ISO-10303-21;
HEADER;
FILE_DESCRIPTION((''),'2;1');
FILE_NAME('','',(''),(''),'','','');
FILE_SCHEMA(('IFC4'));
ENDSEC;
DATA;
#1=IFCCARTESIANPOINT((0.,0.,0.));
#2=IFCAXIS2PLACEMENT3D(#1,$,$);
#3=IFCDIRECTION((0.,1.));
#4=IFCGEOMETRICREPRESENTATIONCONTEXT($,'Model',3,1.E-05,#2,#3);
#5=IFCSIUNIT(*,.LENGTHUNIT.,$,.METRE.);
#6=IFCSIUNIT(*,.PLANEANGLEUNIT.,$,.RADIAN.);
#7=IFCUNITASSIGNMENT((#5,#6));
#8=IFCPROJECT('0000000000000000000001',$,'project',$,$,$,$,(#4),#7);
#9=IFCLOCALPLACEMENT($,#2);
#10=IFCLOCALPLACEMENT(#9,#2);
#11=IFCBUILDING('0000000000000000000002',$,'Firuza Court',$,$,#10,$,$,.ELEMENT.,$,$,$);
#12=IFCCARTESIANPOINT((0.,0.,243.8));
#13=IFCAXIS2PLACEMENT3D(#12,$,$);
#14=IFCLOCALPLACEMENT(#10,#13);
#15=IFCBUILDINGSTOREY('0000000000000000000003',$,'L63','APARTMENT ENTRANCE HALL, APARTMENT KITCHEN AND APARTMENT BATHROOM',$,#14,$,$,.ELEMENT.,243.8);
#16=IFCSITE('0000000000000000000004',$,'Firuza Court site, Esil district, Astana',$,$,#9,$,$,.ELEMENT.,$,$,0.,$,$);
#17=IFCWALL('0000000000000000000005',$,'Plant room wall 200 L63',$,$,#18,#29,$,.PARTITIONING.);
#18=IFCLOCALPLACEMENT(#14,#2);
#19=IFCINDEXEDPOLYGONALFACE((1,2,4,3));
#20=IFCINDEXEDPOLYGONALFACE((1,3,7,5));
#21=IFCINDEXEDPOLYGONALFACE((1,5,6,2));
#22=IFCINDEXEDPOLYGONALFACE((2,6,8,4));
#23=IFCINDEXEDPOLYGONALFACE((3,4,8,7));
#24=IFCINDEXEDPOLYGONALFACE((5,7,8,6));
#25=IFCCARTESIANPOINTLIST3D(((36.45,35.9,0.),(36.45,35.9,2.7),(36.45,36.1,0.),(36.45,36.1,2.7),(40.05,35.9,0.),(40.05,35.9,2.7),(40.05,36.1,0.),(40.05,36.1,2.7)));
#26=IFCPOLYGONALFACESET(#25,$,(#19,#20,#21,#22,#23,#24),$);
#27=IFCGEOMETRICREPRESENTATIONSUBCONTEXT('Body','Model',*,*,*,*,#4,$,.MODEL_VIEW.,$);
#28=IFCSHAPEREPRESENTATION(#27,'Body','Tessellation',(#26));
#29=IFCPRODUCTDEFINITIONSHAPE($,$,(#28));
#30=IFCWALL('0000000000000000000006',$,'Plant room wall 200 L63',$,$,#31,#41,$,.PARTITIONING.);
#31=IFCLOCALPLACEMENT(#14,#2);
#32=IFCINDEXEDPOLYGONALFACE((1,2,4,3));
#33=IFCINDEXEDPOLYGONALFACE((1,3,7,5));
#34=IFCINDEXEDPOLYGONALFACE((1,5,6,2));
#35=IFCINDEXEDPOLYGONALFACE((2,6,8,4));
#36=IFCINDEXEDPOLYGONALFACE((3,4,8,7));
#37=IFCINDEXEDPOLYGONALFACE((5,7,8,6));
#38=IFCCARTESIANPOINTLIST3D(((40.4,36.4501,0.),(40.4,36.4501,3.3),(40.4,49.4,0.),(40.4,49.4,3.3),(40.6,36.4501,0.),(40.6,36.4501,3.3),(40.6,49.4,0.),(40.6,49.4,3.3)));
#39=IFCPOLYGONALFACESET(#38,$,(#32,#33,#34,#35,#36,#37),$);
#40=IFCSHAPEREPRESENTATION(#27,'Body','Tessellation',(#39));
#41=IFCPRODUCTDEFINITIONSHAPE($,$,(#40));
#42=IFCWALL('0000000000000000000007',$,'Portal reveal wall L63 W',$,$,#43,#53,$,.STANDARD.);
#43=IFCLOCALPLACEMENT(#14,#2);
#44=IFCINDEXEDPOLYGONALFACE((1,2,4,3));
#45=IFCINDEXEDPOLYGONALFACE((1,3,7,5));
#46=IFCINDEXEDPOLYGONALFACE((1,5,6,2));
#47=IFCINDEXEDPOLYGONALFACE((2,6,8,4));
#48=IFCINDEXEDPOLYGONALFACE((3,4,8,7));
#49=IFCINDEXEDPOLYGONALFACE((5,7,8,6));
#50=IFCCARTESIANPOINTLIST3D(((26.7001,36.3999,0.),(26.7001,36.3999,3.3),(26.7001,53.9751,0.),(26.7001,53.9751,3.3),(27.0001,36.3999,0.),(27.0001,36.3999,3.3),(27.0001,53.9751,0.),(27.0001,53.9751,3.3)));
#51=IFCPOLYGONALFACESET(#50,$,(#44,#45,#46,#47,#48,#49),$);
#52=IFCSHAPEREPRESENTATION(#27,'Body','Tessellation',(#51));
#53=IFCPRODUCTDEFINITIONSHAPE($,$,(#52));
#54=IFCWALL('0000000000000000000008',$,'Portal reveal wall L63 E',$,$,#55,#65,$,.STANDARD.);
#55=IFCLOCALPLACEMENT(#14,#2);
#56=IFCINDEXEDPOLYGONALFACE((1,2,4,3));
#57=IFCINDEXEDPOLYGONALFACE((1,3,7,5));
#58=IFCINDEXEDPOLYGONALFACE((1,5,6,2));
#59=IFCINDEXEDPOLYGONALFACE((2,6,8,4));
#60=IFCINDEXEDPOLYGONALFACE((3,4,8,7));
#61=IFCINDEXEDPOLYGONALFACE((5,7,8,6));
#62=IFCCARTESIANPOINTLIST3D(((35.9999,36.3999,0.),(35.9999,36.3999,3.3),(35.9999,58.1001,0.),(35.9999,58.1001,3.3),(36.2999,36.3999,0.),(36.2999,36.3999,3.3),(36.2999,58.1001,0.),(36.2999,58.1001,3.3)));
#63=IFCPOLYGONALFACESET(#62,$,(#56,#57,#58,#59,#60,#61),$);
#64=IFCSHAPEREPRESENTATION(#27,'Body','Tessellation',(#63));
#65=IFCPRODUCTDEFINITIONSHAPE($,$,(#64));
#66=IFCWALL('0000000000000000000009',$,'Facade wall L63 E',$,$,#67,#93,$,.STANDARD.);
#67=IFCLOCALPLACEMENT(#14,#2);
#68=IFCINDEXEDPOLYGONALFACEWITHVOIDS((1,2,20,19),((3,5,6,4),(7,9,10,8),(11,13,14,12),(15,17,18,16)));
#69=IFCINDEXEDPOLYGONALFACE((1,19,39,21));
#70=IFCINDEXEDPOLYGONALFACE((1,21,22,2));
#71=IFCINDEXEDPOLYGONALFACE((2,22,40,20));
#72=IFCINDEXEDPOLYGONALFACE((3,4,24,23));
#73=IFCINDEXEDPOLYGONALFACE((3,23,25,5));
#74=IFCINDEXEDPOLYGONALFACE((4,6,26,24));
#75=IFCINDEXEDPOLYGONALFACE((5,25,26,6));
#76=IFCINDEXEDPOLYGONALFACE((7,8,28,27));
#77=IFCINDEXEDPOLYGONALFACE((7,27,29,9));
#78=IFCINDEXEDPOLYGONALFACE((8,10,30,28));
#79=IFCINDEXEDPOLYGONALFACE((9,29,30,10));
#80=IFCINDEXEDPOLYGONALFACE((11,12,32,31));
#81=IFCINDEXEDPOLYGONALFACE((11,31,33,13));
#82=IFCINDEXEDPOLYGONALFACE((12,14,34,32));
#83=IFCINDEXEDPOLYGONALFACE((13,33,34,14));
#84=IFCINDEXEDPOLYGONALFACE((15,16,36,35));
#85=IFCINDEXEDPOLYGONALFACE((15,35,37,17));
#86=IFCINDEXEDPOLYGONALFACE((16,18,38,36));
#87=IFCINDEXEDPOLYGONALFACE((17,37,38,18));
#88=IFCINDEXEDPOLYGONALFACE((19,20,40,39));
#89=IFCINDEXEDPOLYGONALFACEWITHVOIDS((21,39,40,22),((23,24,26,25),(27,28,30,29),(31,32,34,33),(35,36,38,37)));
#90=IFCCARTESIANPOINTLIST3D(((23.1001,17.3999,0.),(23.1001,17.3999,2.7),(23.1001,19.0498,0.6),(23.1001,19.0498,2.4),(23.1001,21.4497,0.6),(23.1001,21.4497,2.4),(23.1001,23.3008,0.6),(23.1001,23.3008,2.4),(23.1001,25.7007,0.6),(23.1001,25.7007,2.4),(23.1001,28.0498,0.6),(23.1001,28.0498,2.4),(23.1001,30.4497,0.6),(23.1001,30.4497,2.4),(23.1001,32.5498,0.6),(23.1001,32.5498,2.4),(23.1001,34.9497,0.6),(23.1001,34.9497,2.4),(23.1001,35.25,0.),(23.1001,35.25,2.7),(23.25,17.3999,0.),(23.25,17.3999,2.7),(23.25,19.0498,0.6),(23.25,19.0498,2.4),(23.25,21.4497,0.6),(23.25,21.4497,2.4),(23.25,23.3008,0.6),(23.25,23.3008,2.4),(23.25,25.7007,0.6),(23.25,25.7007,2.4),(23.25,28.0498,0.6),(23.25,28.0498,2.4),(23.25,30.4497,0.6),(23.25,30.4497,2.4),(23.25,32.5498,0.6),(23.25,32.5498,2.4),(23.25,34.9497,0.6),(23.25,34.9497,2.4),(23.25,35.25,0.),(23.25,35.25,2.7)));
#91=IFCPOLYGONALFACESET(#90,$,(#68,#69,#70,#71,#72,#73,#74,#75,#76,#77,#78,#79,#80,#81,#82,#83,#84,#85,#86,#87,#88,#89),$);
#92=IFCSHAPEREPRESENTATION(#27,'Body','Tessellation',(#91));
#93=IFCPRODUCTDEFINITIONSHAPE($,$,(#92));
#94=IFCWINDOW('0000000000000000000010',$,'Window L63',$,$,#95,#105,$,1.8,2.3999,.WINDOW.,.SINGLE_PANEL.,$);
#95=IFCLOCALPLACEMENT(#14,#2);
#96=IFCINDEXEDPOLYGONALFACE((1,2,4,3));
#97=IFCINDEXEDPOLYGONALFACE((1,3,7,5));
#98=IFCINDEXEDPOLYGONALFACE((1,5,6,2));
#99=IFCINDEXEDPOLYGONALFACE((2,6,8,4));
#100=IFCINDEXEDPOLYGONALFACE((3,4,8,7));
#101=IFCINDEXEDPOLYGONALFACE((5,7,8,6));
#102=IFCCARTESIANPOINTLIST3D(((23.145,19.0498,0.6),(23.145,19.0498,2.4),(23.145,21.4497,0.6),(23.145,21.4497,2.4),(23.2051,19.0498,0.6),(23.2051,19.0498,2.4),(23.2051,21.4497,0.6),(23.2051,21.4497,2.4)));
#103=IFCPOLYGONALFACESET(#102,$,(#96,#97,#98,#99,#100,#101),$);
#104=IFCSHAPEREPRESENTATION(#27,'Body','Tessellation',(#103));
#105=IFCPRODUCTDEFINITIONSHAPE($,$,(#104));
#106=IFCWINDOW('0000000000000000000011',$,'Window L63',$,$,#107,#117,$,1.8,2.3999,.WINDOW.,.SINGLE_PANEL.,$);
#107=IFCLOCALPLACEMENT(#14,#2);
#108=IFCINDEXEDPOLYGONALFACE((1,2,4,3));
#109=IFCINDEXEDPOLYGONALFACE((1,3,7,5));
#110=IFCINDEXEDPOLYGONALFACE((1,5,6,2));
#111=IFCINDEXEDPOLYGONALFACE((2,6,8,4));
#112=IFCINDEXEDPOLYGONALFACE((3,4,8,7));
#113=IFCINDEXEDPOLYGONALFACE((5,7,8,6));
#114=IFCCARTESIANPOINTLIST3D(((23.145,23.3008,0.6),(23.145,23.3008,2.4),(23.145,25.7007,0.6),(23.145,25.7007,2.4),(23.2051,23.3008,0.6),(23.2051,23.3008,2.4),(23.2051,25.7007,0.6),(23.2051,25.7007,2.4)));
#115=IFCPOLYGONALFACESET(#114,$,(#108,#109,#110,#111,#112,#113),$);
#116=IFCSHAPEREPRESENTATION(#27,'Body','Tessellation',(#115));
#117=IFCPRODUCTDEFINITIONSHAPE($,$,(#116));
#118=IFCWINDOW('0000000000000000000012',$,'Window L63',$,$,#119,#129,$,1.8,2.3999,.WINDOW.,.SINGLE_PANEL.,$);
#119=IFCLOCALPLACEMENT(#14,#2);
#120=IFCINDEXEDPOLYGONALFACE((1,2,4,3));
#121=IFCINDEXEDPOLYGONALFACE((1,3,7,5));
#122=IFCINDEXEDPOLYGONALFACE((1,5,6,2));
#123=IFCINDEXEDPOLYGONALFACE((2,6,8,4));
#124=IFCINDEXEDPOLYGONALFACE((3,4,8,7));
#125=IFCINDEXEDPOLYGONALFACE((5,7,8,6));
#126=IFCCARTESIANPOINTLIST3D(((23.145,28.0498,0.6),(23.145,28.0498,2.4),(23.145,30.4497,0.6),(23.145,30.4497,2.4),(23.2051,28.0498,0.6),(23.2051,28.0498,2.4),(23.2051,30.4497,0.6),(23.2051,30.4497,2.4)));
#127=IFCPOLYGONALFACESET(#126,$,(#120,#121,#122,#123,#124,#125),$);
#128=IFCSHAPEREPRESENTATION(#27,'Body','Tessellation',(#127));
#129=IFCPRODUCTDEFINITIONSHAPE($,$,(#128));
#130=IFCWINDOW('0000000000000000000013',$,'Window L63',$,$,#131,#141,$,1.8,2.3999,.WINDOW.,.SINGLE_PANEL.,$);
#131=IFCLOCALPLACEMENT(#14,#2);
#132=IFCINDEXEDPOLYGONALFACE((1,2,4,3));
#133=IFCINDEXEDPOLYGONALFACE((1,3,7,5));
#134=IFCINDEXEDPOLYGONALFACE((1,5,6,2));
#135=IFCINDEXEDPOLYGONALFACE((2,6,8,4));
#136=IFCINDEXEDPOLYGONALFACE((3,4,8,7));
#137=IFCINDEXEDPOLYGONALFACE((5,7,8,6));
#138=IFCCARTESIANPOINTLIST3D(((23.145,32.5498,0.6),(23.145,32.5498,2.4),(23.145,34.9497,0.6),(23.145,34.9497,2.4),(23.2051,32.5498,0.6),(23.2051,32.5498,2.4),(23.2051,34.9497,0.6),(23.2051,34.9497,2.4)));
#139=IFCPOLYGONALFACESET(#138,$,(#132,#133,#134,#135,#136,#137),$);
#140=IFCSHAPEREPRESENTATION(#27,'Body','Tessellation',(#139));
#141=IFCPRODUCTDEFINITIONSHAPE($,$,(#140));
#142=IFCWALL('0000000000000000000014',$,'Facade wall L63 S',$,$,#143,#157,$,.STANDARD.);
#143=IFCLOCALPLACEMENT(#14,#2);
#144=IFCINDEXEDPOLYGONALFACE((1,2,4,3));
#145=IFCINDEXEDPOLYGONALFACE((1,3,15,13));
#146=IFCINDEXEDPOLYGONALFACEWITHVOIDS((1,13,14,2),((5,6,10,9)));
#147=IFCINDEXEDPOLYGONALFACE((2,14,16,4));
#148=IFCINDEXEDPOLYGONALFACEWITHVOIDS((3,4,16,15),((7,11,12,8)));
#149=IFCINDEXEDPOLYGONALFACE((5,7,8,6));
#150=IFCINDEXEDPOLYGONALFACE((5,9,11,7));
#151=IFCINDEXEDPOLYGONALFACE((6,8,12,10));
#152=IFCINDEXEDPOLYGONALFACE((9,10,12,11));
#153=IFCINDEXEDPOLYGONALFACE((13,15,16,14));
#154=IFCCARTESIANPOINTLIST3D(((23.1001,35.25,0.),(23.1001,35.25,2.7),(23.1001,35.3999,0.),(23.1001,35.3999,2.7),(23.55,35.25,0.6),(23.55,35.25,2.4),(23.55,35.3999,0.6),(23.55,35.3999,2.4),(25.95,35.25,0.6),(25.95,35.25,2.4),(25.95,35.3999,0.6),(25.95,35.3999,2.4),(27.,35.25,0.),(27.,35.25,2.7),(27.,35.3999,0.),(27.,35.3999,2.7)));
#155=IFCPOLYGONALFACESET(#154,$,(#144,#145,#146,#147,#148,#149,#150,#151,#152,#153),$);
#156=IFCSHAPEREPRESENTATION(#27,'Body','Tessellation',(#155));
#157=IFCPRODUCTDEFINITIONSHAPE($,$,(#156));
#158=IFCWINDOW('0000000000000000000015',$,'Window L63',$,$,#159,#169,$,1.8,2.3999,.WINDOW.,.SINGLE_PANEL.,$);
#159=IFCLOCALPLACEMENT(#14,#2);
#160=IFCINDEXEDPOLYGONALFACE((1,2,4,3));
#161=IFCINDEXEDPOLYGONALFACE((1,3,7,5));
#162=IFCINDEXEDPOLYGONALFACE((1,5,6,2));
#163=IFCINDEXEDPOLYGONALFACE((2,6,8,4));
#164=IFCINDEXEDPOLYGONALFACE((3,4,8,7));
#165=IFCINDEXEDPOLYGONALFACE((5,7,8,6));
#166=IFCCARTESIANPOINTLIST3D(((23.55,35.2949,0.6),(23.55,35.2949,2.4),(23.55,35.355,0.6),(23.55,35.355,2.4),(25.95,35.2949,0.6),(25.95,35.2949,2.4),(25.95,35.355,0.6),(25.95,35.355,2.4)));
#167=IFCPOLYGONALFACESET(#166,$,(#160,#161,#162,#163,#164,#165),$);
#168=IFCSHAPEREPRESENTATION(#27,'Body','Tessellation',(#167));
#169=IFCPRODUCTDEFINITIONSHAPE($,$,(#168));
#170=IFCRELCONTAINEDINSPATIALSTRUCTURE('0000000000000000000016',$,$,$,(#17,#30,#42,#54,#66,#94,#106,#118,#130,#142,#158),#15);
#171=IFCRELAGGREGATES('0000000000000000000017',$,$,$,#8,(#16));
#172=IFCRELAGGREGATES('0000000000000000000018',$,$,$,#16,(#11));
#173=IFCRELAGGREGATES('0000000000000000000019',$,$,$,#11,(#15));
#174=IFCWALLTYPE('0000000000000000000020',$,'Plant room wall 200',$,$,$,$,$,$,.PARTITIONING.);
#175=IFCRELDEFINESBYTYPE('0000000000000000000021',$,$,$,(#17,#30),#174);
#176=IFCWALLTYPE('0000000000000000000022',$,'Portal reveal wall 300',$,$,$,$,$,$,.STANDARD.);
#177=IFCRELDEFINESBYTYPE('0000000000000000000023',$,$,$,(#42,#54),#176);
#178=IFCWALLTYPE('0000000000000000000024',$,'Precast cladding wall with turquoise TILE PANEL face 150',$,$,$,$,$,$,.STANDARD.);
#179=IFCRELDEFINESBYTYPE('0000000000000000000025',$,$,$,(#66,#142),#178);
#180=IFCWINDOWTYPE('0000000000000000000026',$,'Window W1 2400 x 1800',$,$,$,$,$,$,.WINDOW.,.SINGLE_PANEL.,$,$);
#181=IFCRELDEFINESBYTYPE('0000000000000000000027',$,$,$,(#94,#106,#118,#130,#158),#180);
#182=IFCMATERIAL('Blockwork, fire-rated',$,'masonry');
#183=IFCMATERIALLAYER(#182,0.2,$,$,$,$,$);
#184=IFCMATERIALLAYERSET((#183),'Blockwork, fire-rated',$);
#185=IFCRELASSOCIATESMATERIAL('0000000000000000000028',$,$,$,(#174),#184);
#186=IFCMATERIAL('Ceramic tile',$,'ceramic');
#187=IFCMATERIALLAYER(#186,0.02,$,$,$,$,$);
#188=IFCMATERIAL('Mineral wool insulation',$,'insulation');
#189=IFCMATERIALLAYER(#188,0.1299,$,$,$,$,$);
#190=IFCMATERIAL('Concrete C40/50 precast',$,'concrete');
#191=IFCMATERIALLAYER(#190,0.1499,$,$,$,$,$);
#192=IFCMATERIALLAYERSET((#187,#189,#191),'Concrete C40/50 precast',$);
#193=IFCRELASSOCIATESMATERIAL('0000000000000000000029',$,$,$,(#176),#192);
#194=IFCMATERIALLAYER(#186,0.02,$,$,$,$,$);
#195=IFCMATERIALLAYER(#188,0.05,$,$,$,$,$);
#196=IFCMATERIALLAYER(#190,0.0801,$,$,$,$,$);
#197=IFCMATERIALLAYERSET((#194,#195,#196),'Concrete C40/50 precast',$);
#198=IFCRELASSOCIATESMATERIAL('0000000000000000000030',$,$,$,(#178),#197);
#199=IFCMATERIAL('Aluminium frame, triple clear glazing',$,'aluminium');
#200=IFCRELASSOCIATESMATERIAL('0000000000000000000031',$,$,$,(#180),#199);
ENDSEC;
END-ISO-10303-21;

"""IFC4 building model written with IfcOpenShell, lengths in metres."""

from ifc_helpers import new_model, si_unit, direction, frame, frame_2d, origin, place, context, subcontext, project, spatial, rectangle, extrude, material, layer, layer_set, type_object, element, fill, save


model = new_model("IFC4")

# Units and contexts
model_context = context("Model", 3, precision=1e-05, world=origin(), true_north=direction((0.0, 1.0)))
body_context = subcontext(model_context, "Body", "Model", "MODEL_VIEW")
ifc_project = project(units=[si_unit("LENGTHUNIT", "METRE"), si_unit("PLANEANGLEUNIT", "RADIAN")], contexts=[model_context])

# Site, building, storey
site_placement = place(None, origin())
site = spatial("IfcSite", under=ifc_project, at=site_placement, Name="Firuza Court site, Esil district, Astana", CompositionType="ELEMENT", RefElevation=0.0)
building_placement = place(site_placement, origin())
building = spatial("IfcBuilding", under=site, at=building_placement, Name="Firuza Court", CompositionType="ELEMENT")
storey_placement = place(building_placement, frame((0.0, 0.0, 243.8)))
storey = spatial("IfcBuildingStorey", under=building, at=storey_placement, Name="L63", Description="APARTMENT ENTRANCE HALL, APARTMENT KITCHEN AND APARTMENT BATHROOM", CompositionType="ELEMENT", Elevation=243.8)

# Walls
ifc_material_1 = material(Name="Blockwork, fire-rated", Category="masonry")
ifc_layer_1 = layer(ifc_material_1, 0.2)
ifc_layer_set_1 = layer_set([ifc_layer_1], Name="Blockwork, fire-rated")
wall_type_1 = type_object("IfcWallType", Name="Plant room wall 200", PredefinedType="PARTITIONING", material=ifc_layer_set_1)
wall_1_placement = place(storey_placement, frame((36.45, 36.0, 0.0), z_axis=(0.0, 0.0, 1.0), x_axis=(1.0, 0.0, 0.0)))
element("IfcWall", 1, at=wall_1_placement, inside=storey, type_object=wall_type_1, Name="Plant room wall 200 L63", PredefinedType="PARTITIONING", context=body_context, shape_type="SweptSolid", body=[
    extrude(rectangle(XDim=3.6001, YDim=0.2, at=frame_2d((1.8, 0.0))), origin(), (0.0, 0.0, 1.0), 2.7),
])
wall_2_placement = place(storey_placement, frame((40.5, 36.45, 0.0), z_axis=(0.0, 0.0, 1.0), x_axis=(0.0, 1.0, 0.0)))
element("IfcWall", 2, at=wall_2_placement, inside=storey, type_object=wall_type_1, Name="Plant room wall 200 L63", PredefinedType="PARTITIONING", context=body_context, shape_type="SweptSolid", body=[
    extrude(rectangle(XDim=12.95, YDim=0.2, at=frame_2d((6.4751, 0.0))), origin(), (0.0, 0.0, 1.0), 3.3),
])
ifc_material_2 = material(Name="Ceramic tile", Category="ceramic")
ifc_layer_2 = layer(ifc_material_2, 0.02)
ifc_material_3 = material(Name="Mineral wool insulation", Category="insulation")
ifc_layer_3 = layer(ifc_material_3, 0.1299)
ifc_material_4 = material(Name="Concrete C40/50 precast", Category="concrete")
ifc_layer_4 = layer(ifc_material_4, 0.1499)
ifc_layer_set_2 = layer_set([ifc_layer_2, ifc_layer_3, ifc_layer_4], Name="Concrete C40/50 precast")
wall_type_2 = type_object("IfcWallType", Name="Portal reveal wall 300", PredefinedType="STANDARD", material=ifc_layer_set_2)
wall_3_placement = place(storey_placement, frame((26.8501, 36.3999, 0.0), z_axis=(0.0, 0.0, 1.0), x_axis=(0.0, 1.0, 0.0)))
element("IfcWall", 3, at=wall_3_placement, inside=storey, type_object=wall_type_2, Name="Portal reveal wall L63 W", PredefinedType="STANDARD", context=body_context, shape_type="SweptSolid", body=[
    extrude(rectangle(XDim=17.5752, YDim=0.3, at=frame_2d((8.7876, 0.0))), origin(), (0.0, 0.0, 1.0), 3.3),
])
wall_4_placement = place(storey_placement, frame((36.1499, 36.3999, 0.0), z_axis=(0.0, 0.0, 1.0), x_axis=(0.0, 1.0, 0.0)))
element("IfcWall", 4, at=wall_4_placement, inside=storey, type_object=wall_type_2, Name="Portal reveal wall L63 E", PredefinedType="STANDARD", context=body_context, shape_type="SweptSolid", body=[
    extrude(rectangle(XDim=21.7002, YDim=0.3, at=frame_2d((10.8501, 0.0))), origin(), (0.0, 0.0, 1.0), 3.3),
])

# Wall, openings, windows
ifc_layer_5 = layer(ifc_material_2, 0.02)
ifc_layer_6 = layer(ifc_material_3, 0.05)
ifc_layer_7 = layer(ifc_material_4, 0.0801)
ifc_layer_set_3 = layer_set([ifc_layer_5, ifc_layer_6, ifc_layer_7], Name="Concrete C40/50 precast")
wall_type_3 = type_object("IfcWallType", Name="Precast cladding wall with turquoise TILE PANEL face 150", PredefinedType="STANDARD", material=ifc_layer_set_3)
wall_5_placement = place(storey_placement, frame((23.175, 17.3999, 0.0), z_axis=(0.0, 0.0, 1.0), x_axis=(0.0, 1.0, 0.0)))
wall_5 = element("IfcWall", 5, at=wall_5_placement, inside=storey, type_object=wall_type_3, Name="Facade wall L63 E", PredefinedType="STANDARD", context=body_context, shape_type="SweptSolid", body=[
    extrude(rectangle(XDim=17.8501, YDim=0.1499, at=frame_2d((8.925, 0.0))), origin(), (0.0, 0.0, 1.0), 2.7),
])
opening_1_placement = place(wall_5_placement, frame((1.6499, 0.0, 0.6001)))
opening_1 = element("IfcOpeningElement", 6, at=opening_1_placement, cuts=wall_5, PredefinedType="OPENING", context=body_context, shape_type="SweptSolid", body=[
    extrude(rectangle(XDim=2.3999, YDim=1.8, at=frame_2d((1.2, 0.8999))), frame((0.0, 0.0869, 0.0), z_axis=(0.0, -1.0, 0.0), x_axis=(1.0, 0.0, 0.0)), (0.0, 0.0, 1.0), 0.1738),
])
opening_2_placement = place(wall_5_placement, frame((5.9009, 0.0, 0.6001)))
opening_2 = element("IfcOpeningElement", 7, at=opening_2_placement, cuts=wall_5, PredefinedType="OPENING", context=body_context, shape_type="SweptSolid", body=[
    extrude(rectangle(XDim=2.3999, YDim=1.8, at=frame_2d((1.2, 0.8999))), frame((0.0, 0.0869, 0.0), z_axis=(0.0, -1.0, 0.0), x_axis=(1.0, 0.0, 0.0)), (0.0, 0.0, 1.0), 0.1738),
])
opening_3_placement = place(wall_5_placement, frame((10.6499, 0.0, 0.6001)))
opening_3 = element("IfcOpeningElement", 8, at=opening_3_placement, cuts=wall_5, PredefinedType="OPENING", context=body_context, shape_type="SweptSolid", body=[
    extrude(rectangle(XDim=2.3999, YDim=1.8, at=frame_2d((1.2, 0.8999))), frame((0.0, 0.0869, 0.0), z_axis=(0.0, -1.0, 0.0), x_axis=(1.0, 0.0, 0.0)), (0.0, 0.0, 1.0), 0.1738),
])
opening_4_placement = place(wall_5_placement, frame((15.1499, 0.0, 0.6001)))
opening_4 = element("IfcOpeningElement", 9, at=opening_4_placement, cuts=wall_5, PredefinedType="OPENING", context=body_context, shape_type="SweptSolid", body=[
    extrude(rectangle(XDim=2.3999, YDim=1.8, at=frame_2d((1.2, 0.8999))), frame((0.0, 0.0869, 0.0), z_axis=(0.0, -1.0, 0.0), x_axis=(1.0, 0.0, 0.0)), (0.0, 0.0, 1.0), 0.1738),
])
ifc_material_5 = material(Name="Aluminium frame, triple clear glazing", Category="aluminium")
window_type = type_object("IfcWindowType", Name="Window W1 2400 x 1800", PartitioningType="SINGLE_PANEL", PredefinedType="WINDOW", material=ifc_material_5)
window_1_placement = place(opening_1_placement, origin())
window_1 = element("IfcWindow", 10, at=window_1_placement, inside=storey, type_object=window_type, Name="Window L63", OverallHeight=1.8, OverallWidth=2.3999, PartitioningType="SINGLE_PANEL", PredefinedType="WINDOW", context=body_context, shape_type="SweptSolid", body=[
    extrude(rectangle(XDim=2.3999, YDim=1.8, at=frame_2d((1.2, 0.8999))), frame((0.0, 0.03, 0.0), z_axis=(0.0, -1.0, 0.0), x_axis=(1.0, 0.0, 0.0)), (0.0, 0.0, 1.0), 0.0601),
])
fill(opening_1, window_1)
window_2_placement = place(opening_2_placement, origin())
window_2 = element("IfcWindow", 11, at=window_2_placement, inside=storey, type_object=window_type, Name="Window L63", OverallHeight=1.8, OverallWidth=2.3999, PartitioningType="SINGLE_PANEL", PredefinedType="WINDOW", context=body_context, shape_type="SweptSolid", body=[
    extrude(rectangle(XDim=2.3999, YDim=1.8, at=frame_2d((1.2, 0.8999))), frame((0.0, 0.03, 0.0), z_axis=(0.0, -1.0, 0.0), x_axis=(1.0, 0.0, 0.0)), (0.0, 0.0, 1.0), 0.0601),
])
fill(opening_2, window_2)
window_3_placement = place(opening_3_placement, origin())
window_3 = element("IfcWindow", 12, at=window_3_placement, inside=storey, type_object=window_type, Name="Window L63", OverallHeight=1.8, OverallWidth=2.3999, PartitioningType="SINGLE_PANEL", PredefinedType="WINDOW", context=body_context, shape_type="SweptSolid", body=[
    extrude(rectangle(XDim=2.3999, YDim=1.8, at=frame_2d((1.2, 0.8999))), frame((0.0, 0.03, 0.0), z_axis=(0.0, -1.0, 0.0), x_axis=(1.0, 0.0, 0.0)), (0.0, 0.0, 1.0), 0.0601),
])
fill(opening_3, window_3)
window_4_placement = place(opening_4_placement, origin())
window_4 = element("IfcWindow", 13, at=window_4_placement, inside=storey, type_object=window_type, Name="Window L63", OverallHeight=1.8, OverallWidth=2.3999, PartitioningType="SINGLE_PANEL", PredefinedType="WINDOW", context=body_context, shape_type="SweptSolid", body=[
    extrude(rectangle(XDim=2.3999, YDim=1.8, at=frame_2d((1.2, 0.8999))), frame((0.0, 0.03, 0.0), z_axis=(0.0, -1.0, 0.0), x_axis=(1.0, 0.0, 0.0)), (0.0, 0.0, 1.0), 0.0601),
])
fill(opening_4, window_4)

# Wall, opening, window
wall_6_placement = place(storey_placement, frame((23.1001, 35.325, 0.0), z_axis=(0.0, 0.0, 1.0), x_axis=(1.0, 0.0, 0.0)))
wall_6 = element("IfcWall", 14, at=wall_6_placement, inside=storey, type_object=wall_type_3, Name="Facade wall L63 S", PredefinedType="STANDARD", context=body_context, shape_type="SweptSolid", body=[
    extrude(rectangle(XDim=3.8999, YDim=0.1499, at=frame_2d((1.95, 0.0))), origin(), (0.0, 0.0, 1.0), 2.7),
])
opening_5_placement = place(wall_6_placement, frame((0.45, 0.0, 0.6001)))
opening_5 = element("IfcOpeningElement", 15, at=opening_5_placement, cuts=wall_6, PredefinedType="OPENING", context=body_context, shape_type="SweptSolid", body=[
    extrude(rectangle(XDim=2.3999, YDim=1.8, at=frame_2d((1.2, 0.8999))), frame((0.0, 0.0869, 0.0), z_axis=(0.0, -1.0, 0.0), x_axis=(1.0, 0.0, 0.0)), (0.0, 0.0, 1.0), 0.1738),
])
window_5_placement = place(opening_5_placement, origin())
window_5 = element("IfcWindow", 16, at=window_5_placement, inside=storey, type_object=window_type, Name="Window L63", OverallHeight=1.8, OverallWidth=2.3999, PartitioningType="SINGLE_PANEL", PredefinedType="WINDOW", context=body_context, shape_type="SweptSolid", body=[
    extrude(rectangle(XDim=2.3999, YDim=1.8, at=frame_2d((1.2, 0.8999))), frame((0.0, 0.03, 0.0), z_axis=(0.0, -1.0, 0.0), x_axis=(1.0, 0.0, 0.0)), (0.0, 0.0, 1.0), 0.0601),
])
fill(opening_5, window_5)

save(model, "model.ifc")
